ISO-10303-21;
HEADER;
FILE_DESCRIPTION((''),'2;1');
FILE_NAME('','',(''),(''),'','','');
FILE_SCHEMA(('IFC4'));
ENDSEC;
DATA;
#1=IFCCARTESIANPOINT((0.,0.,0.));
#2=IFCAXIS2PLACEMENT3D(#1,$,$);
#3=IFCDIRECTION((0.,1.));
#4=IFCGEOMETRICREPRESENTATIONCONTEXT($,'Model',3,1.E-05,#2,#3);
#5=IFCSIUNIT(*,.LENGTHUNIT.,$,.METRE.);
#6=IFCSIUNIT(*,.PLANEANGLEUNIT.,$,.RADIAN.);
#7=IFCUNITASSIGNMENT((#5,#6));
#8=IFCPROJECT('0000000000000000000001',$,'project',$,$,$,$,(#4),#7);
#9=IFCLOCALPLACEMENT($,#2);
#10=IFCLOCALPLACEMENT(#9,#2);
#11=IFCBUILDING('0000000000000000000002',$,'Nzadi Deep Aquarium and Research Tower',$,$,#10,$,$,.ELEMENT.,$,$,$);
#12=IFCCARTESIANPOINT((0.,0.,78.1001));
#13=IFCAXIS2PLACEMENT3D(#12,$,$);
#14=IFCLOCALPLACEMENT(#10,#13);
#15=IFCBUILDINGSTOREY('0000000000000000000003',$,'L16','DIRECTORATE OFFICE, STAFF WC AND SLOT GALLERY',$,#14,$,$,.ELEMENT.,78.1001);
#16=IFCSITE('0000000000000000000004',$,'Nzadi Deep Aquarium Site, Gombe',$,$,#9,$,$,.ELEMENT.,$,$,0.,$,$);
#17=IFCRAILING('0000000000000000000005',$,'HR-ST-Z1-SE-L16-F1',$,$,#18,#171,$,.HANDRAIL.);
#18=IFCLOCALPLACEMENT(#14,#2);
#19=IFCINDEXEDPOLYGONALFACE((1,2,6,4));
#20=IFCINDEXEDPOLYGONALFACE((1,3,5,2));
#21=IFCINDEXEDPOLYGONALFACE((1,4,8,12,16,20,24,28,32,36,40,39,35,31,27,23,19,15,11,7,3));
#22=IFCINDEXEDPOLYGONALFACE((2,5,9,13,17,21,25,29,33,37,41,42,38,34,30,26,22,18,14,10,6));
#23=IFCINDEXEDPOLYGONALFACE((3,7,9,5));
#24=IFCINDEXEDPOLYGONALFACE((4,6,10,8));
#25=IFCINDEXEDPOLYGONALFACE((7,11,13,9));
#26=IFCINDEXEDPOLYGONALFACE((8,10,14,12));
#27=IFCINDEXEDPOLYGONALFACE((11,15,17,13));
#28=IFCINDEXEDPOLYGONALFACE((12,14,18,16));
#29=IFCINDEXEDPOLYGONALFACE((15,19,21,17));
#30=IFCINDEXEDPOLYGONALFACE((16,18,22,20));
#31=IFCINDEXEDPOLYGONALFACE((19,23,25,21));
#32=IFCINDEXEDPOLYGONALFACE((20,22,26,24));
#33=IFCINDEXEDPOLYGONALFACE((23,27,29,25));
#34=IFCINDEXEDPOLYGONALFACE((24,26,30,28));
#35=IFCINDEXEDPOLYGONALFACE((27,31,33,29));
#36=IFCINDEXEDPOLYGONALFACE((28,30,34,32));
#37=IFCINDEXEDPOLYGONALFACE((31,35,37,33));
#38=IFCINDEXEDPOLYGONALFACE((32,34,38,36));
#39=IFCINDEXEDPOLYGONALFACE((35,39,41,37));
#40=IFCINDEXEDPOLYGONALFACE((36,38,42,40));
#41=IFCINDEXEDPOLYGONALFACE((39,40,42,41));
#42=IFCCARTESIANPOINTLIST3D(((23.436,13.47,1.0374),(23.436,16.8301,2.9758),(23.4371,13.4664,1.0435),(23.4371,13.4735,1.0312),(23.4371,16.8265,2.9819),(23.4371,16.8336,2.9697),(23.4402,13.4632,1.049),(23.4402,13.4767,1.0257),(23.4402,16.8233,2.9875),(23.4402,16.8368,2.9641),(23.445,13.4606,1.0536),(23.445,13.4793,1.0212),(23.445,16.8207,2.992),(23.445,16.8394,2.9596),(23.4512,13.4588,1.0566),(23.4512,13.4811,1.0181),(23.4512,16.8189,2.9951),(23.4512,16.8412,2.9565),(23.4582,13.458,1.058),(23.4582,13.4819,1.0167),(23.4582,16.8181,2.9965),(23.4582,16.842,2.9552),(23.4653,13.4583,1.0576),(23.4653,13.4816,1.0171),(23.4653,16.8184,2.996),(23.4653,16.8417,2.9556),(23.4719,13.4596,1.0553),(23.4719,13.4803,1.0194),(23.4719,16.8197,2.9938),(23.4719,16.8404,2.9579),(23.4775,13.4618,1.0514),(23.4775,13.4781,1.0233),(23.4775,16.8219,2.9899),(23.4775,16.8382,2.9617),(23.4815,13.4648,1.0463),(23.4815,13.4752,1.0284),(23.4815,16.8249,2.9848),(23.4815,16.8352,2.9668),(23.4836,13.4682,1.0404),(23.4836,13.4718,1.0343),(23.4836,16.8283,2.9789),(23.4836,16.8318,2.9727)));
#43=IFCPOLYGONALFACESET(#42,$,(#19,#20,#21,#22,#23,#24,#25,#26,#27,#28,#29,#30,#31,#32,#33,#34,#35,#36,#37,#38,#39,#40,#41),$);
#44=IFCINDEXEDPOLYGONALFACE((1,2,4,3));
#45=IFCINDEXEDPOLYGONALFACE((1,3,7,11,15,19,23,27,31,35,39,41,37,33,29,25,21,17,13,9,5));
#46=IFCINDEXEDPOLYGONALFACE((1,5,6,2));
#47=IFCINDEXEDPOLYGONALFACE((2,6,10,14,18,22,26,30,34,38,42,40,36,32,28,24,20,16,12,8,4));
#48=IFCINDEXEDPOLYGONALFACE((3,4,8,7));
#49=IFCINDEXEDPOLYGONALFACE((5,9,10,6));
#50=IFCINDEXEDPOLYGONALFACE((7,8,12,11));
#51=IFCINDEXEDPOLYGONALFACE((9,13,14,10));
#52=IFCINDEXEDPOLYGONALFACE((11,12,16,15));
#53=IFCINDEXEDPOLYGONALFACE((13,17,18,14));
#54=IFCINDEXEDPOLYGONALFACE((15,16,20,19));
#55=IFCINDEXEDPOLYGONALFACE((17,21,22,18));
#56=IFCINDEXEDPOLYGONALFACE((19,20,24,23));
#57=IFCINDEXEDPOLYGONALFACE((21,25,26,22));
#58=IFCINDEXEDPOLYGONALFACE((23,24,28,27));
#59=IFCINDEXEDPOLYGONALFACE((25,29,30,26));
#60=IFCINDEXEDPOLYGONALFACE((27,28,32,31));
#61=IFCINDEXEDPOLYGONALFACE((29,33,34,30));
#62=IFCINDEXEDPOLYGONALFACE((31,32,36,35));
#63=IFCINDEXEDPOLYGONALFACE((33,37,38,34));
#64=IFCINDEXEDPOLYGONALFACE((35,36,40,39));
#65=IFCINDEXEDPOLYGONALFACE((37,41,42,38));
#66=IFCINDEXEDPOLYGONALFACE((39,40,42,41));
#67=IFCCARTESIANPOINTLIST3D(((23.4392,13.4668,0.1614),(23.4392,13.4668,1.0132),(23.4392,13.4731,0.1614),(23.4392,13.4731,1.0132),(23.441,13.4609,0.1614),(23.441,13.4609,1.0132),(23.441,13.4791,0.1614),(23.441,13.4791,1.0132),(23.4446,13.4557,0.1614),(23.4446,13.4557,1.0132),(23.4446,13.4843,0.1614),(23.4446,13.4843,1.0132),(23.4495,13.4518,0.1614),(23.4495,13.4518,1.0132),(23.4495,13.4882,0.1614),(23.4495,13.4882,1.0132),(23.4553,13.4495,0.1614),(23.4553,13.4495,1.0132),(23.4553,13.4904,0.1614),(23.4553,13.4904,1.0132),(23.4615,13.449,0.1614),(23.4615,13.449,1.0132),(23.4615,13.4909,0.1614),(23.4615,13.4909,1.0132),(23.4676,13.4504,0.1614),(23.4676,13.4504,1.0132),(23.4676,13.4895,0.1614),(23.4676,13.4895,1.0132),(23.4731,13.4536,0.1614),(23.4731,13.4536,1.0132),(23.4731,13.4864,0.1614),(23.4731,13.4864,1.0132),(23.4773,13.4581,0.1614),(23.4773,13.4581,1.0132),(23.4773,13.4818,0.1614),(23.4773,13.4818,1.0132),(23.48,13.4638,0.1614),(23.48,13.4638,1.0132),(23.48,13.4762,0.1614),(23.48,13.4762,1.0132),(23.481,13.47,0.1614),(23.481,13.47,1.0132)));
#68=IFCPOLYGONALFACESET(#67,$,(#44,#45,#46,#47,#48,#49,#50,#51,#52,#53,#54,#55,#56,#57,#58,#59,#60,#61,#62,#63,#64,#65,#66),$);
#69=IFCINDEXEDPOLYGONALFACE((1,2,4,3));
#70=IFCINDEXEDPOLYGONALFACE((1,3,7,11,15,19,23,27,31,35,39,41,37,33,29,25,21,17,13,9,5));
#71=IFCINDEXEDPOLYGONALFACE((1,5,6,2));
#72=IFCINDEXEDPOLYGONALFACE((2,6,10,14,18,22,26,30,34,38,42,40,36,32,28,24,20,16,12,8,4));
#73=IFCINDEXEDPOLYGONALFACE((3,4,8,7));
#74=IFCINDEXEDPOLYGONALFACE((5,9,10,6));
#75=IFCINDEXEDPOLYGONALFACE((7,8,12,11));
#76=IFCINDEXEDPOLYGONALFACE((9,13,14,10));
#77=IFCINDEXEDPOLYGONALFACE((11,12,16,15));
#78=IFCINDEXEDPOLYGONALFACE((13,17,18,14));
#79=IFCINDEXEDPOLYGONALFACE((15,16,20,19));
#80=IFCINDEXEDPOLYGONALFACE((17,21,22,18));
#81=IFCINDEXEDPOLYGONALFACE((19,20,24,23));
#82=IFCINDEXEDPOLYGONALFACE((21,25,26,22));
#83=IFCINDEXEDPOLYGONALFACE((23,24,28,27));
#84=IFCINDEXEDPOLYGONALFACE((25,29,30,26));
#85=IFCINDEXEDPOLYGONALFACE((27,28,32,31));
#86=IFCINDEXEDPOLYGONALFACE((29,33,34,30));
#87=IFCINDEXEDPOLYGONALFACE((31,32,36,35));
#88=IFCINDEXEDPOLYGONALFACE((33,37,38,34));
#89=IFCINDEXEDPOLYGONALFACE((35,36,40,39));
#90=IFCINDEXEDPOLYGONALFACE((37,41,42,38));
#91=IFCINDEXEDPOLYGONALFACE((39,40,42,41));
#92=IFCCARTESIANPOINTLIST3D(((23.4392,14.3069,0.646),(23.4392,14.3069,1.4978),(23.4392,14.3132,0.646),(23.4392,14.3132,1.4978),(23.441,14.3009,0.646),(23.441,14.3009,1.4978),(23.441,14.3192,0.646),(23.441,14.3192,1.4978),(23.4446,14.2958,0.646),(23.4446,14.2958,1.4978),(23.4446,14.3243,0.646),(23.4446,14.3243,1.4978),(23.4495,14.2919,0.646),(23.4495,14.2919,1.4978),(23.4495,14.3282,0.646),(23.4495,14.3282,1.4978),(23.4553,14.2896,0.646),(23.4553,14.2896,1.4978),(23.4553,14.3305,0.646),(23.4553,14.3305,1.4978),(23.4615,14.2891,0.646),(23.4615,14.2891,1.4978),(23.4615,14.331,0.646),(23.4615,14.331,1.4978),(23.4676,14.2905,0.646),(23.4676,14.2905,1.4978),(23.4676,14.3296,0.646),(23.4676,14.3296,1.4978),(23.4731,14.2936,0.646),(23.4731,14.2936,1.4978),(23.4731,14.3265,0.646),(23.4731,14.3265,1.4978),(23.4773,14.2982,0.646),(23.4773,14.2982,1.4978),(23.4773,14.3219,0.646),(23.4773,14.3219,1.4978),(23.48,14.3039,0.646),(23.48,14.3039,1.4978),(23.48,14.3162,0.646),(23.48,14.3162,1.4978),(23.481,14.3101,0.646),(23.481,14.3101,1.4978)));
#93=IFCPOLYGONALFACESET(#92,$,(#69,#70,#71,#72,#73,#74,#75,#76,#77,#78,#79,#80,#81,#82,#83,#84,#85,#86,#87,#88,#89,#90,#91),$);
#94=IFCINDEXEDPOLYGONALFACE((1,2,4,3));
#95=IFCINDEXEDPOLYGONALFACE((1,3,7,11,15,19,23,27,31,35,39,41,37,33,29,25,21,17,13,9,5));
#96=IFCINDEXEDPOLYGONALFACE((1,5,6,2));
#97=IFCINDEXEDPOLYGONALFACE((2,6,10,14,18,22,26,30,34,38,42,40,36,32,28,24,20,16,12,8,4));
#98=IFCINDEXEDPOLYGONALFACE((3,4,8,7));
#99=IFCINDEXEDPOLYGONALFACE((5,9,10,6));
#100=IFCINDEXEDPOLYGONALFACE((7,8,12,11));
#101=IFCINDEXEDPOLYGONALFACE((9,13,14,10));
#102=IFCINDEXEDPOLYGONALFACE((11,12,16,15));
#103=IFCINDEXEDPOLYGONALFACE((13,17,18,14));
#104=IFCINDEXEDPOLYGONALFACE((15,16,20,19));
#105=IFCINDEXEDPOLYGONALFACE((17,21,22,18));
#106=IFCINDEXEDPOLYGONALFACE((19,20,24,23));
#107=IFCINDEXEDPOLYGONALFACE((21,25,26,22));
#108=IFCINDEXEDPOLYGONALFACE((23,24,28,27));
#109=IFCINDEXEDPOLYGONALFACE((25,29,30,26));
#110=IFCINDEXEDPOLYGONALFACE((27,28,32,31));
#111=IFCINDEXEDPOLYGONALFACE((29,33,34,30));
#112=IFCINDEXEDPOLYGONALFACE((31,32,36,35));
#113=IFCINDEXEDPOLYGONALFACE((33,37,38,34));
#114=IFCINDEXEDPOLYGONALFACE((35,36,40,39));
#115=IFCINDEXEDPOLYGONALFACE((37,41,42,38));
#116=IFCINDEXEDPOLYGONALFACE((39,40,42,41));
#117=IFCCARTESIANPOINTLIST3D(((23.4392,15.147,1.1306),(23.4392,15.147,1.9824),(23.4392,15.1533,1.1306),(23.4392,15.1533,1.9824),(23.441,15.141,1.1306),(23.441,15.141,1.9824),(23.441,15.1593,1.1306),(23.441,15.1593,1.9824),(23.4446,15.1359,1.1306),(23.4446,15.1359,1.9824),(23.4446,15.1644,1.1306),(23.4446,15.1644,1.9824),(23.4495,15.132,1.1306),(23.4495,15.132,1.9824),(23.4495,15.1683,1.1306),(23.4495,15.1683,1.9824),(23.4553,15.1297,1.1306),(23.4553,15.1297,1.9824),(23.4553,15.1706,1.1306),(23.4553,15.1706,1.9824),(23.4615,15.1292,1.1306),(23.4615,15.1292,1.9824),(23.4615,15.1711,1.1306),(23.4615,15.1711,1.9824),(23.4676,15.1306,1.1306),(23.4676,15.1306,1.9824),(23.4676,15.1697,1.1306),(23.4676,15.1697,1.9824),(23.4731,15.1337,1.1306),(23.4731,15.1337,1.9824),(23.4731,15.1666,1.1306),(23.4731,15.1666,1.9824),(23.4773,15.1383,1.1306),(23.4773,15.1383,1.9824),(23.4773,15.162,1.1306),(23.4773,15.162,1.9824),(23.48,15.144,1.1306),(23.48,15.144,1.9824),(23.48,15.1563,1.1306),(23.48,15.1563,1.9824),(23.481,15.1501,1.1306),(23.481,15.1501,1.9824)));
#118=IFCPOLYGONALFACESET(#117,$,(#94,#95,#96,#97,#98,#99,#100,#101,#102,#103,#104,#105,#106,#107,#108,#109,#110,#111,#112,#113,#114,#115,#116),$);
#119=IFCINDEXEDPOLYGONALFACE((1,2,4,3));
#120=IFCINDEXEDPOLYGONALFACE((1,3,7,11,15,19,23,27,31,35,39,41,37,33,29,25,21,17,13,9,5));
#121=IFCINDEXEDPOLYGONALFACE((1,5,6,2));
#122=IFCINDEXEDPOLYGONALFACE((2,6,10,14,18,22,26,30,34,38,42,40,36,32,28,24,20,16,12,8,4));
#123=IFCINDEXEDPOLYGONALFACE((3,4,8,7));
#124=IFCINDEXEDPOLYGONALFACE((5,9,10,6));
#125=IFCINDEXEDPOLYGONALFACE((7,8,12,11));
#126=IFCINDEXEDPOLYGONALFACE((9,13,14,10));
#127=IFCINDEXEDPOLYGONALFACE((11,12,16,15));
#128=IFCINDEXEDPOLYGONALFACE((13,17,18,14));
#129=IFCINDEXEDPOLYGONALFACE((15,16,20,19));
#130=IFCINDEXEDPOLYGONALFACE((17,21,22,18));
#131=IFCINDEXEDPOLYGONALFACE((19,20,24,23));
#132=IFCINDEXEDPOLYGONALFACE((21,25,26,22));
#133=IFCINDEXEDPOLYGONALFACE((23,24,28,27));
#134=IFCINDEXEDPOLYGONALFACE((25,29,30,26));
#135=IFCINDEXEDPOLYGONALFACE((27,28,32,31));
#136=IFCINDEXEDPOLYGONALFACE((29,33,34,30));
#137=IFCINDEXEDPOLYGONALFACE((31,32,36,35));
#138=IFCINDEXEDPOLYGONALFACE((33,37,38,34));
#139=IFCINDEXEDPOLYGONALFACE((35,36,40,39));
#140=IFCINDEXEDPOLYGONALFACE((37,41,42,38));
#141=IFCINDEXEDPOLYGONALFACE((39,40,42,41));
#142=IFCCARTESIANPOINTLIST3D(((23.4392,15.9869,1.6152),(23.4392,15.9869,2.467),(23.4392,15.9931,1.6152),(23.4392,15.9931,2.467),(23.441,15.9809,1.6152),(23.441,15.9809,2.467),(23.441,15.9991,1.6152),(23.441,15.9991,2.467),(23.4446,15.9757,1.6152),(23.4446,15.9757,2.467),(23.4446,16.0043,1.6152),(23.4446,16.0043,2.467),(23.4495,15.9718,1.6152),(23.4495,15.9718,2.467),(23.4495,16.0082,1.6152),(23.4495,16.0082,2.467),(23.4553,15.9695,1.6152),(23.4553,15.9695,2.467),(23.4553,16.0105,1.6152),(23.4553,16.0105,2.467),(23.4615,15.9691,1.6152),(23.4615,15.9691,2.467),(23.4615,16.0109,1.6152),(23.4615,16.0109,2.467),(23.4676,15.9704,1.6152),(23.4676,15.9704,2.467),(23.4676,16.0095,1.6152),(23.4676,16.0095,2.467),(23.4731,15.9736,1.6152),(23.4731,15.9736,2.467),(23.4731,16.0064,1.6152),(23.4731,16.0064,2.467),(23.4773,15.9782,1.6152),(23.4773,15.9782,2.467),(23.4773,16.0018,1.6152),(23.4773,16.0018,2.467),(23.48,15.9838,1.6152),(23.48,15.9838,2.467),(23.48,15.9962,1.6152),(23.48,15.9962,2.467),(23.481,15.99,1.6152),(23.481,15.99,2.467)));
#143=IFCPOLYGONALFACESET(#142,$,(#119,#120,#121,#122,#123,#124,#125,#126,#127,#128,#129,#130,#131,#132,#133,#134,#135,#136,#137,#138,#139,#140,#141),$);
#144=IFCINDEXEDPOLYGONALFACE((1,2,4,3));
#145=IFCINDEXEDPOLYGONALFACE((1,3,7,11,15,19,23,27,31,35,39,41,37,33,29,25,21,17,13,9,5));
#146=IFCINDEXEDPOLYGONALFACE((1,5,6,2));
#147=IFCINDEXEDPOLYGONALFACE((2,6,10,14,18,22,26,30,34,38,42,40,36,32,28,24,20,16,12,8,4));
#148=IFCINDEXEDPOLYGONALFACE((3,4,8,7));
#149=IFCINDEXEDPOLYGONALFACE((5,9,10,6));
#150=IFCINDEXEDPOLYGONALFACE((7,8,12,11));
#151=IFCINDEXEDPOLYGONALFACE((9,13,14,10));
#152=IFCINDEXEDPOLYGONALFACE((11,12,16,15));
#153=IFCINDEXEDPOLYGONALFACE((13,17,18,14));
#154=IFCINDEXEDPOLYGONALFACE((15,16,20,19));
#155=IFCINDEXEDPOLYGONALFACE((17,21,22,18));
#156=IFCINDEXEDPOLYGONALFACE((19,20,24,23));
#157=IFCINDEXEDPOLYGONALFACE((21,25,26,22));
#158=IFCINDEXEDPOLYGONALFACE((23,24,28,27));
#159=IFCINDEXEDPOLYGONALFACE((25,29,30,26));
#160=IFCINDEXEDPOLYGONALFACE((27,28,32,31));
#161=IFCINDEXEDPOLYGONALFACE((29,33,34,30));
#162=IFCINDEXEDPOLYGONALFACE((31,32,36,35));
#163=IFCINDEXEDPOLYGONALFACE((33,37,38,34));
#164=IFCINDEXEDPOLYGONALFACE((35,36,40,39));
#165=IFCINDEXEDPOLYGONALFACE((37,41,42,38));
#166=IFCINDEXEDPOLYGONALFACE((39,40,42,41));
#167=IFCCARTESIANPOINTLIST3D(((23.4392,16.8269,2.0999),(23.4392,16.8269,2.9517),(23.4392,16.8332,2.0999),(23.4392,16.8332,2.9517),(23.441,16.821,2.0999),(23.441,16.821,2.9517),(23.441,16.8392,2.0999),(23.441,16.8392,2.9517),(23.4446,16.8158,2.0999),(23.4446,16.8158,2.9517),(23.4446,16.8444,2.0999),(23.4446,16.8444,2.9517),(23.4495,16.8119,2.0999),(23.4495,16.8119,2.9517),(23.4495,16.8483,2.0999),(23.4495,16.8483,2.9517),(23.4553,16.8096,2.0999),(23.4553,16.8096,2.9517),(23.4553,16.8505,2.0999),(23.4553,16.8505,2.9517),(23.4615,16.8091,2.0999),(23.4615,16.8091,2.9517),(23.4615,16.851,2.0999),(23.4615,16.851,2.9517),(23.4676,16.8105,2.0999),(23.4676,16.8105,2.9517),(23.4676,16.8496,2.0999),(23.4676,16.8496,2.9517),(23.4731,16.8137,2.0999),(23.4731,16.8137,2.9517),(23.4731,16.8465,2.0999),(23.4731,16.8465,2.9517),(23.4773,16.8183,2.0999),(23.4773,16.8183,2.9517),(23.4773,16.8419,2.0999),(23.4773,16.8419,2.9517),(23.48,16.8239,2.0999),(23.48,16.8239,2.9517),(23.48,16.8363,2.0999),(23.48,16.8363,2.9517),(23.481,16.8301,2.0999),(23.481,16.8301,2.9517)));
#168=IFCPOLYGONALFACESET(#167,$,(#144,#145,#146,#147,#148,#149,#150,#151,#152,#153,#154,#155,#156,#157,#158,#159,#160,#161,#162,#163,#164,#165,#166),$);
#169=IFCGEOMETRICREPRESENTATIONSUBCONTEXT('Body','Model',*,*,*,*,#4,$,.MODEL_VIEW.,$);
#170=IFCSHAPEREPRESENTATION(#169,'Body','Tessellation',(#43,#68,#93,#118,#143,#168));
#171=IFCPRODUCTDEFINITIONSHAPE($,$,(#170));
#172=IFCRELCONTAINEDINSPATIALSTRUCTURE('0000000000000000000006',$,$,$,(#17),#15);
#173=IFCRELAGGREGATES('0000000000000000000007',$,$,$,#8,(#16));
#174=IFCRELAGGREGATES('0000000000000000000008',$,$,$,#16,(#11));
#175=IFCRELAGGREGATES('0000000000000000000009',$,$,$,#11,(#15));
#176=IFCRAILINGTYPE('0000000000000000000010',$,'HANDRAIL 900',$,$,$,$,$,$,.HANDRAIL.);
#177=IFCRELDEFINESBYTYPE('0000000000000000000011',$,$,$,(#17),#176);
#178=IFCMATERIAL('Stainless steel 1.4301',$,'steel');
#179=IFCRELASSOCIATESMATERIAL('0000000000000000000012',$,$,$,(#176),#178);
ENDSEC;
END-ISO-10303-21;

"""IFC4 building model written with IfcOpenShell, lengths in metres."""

from ifc_helpers import new_model, si_unit, direction, frame, origin, origin_2d, place, context, subcontext, project, spatial, circle, extrude, material, type_object, element, save


model = new_model("IFC4")

# Units and contexts
model_context = context("Model", 3, precision=1e-05, world=origin(), true_north=direction((0.0, 1.0)))
body_context = subcontext(model_context, "Body", "Model", "MODEL_VIEW")
ifc_project = project(units=[si_unit("LENGTHUNIT", "METRE"), si_unit("PLANEANGLEUNIT", "RADIAN")], contexts=[model_context])

# Site, building, storey
site_placement = place(None, origin())
site = spatial("IfcSite", under=ifc_project, at=site_placement, Name="Nzadi Deep Aquarium Site, Gombe", CompositionType="ELEMENT", RefElevation=0.0)
building_placement = place(site_placement, origin())
building = spatial("IfcBuilding", under=site, at=building_placement, Name="Nzadi Deep Aquarium and Research Tower", CompositionType="ELEMENT")
storey_placement = place(building_placement, frame((0.0, 0.0, 78.1001)))
storey = spatial("IfcBuildingStorey", under=building, at=storey_placement, Name="L16", Description="DIRECTORATE OFFICE, STAFF WC AND SLOT GALLERY", CompositionType="ELEMENT", Elevation=78.1001)

# Railing
ifc_material_1 = material(Name="Stainless steel 1.4301", Category="steel")
railing_type_1 = type_object("IfcRailingType", Name="HANDRAIL 900", PredefinedType="HANDRAIL", material=ifc_material_1)
for number, where, name in (
    (1, (23.46, 13.47, 0.1614), "HR-ST-Z1-SE-L16-F1"),
):
    element("IfcRailing", number, at=place(storey_placement, frame(where)), inside=storey, type_object=railing_type_1, Name=name, PredefinedType="HANDRAIL", context=body_context, shape_type="SweptSolid", body=[
        extrude(circle(Radius=0.0239, at=origin_2d()), frame((0.0, 0.0, 0.876), z_axis=(0.0, 0.866191, 0.499713), x_axis=(-1.0, 0.0, 0.0)), (0.0, 0.0, 1.0), 3.8792),
        extrude(circle(Radius=0.021, at=origin_2d()), origin(), (0.0, 0.0, 1.0), 0.8518),
        extrude(circle(Radius=0.021, at=origin_2d()), frame((0.0, 0.8401, 0.4846)), (0.0, 0.0, 1.0), 0.8518),
        extrude(circle(Radius=0.021, at=origin_2d()), frame((0.0, 1.6802, 0.9692)), (0.0, 0.0, 1.0), 0.8518),
        extrude(circle(Radius=0.021, at=origin_2d()), frame((0.0, 2.52, 1.4539)), (0.0, 0.0, 1.0), 0.8518),
        extrude(circle(Radius=0.021, at=origin_2d()), frame((0.0, 3.3601, 1.9385)), (0.0, 0.0, 1.0), 0.8518),
    ])

save(model, "model.ifc")
